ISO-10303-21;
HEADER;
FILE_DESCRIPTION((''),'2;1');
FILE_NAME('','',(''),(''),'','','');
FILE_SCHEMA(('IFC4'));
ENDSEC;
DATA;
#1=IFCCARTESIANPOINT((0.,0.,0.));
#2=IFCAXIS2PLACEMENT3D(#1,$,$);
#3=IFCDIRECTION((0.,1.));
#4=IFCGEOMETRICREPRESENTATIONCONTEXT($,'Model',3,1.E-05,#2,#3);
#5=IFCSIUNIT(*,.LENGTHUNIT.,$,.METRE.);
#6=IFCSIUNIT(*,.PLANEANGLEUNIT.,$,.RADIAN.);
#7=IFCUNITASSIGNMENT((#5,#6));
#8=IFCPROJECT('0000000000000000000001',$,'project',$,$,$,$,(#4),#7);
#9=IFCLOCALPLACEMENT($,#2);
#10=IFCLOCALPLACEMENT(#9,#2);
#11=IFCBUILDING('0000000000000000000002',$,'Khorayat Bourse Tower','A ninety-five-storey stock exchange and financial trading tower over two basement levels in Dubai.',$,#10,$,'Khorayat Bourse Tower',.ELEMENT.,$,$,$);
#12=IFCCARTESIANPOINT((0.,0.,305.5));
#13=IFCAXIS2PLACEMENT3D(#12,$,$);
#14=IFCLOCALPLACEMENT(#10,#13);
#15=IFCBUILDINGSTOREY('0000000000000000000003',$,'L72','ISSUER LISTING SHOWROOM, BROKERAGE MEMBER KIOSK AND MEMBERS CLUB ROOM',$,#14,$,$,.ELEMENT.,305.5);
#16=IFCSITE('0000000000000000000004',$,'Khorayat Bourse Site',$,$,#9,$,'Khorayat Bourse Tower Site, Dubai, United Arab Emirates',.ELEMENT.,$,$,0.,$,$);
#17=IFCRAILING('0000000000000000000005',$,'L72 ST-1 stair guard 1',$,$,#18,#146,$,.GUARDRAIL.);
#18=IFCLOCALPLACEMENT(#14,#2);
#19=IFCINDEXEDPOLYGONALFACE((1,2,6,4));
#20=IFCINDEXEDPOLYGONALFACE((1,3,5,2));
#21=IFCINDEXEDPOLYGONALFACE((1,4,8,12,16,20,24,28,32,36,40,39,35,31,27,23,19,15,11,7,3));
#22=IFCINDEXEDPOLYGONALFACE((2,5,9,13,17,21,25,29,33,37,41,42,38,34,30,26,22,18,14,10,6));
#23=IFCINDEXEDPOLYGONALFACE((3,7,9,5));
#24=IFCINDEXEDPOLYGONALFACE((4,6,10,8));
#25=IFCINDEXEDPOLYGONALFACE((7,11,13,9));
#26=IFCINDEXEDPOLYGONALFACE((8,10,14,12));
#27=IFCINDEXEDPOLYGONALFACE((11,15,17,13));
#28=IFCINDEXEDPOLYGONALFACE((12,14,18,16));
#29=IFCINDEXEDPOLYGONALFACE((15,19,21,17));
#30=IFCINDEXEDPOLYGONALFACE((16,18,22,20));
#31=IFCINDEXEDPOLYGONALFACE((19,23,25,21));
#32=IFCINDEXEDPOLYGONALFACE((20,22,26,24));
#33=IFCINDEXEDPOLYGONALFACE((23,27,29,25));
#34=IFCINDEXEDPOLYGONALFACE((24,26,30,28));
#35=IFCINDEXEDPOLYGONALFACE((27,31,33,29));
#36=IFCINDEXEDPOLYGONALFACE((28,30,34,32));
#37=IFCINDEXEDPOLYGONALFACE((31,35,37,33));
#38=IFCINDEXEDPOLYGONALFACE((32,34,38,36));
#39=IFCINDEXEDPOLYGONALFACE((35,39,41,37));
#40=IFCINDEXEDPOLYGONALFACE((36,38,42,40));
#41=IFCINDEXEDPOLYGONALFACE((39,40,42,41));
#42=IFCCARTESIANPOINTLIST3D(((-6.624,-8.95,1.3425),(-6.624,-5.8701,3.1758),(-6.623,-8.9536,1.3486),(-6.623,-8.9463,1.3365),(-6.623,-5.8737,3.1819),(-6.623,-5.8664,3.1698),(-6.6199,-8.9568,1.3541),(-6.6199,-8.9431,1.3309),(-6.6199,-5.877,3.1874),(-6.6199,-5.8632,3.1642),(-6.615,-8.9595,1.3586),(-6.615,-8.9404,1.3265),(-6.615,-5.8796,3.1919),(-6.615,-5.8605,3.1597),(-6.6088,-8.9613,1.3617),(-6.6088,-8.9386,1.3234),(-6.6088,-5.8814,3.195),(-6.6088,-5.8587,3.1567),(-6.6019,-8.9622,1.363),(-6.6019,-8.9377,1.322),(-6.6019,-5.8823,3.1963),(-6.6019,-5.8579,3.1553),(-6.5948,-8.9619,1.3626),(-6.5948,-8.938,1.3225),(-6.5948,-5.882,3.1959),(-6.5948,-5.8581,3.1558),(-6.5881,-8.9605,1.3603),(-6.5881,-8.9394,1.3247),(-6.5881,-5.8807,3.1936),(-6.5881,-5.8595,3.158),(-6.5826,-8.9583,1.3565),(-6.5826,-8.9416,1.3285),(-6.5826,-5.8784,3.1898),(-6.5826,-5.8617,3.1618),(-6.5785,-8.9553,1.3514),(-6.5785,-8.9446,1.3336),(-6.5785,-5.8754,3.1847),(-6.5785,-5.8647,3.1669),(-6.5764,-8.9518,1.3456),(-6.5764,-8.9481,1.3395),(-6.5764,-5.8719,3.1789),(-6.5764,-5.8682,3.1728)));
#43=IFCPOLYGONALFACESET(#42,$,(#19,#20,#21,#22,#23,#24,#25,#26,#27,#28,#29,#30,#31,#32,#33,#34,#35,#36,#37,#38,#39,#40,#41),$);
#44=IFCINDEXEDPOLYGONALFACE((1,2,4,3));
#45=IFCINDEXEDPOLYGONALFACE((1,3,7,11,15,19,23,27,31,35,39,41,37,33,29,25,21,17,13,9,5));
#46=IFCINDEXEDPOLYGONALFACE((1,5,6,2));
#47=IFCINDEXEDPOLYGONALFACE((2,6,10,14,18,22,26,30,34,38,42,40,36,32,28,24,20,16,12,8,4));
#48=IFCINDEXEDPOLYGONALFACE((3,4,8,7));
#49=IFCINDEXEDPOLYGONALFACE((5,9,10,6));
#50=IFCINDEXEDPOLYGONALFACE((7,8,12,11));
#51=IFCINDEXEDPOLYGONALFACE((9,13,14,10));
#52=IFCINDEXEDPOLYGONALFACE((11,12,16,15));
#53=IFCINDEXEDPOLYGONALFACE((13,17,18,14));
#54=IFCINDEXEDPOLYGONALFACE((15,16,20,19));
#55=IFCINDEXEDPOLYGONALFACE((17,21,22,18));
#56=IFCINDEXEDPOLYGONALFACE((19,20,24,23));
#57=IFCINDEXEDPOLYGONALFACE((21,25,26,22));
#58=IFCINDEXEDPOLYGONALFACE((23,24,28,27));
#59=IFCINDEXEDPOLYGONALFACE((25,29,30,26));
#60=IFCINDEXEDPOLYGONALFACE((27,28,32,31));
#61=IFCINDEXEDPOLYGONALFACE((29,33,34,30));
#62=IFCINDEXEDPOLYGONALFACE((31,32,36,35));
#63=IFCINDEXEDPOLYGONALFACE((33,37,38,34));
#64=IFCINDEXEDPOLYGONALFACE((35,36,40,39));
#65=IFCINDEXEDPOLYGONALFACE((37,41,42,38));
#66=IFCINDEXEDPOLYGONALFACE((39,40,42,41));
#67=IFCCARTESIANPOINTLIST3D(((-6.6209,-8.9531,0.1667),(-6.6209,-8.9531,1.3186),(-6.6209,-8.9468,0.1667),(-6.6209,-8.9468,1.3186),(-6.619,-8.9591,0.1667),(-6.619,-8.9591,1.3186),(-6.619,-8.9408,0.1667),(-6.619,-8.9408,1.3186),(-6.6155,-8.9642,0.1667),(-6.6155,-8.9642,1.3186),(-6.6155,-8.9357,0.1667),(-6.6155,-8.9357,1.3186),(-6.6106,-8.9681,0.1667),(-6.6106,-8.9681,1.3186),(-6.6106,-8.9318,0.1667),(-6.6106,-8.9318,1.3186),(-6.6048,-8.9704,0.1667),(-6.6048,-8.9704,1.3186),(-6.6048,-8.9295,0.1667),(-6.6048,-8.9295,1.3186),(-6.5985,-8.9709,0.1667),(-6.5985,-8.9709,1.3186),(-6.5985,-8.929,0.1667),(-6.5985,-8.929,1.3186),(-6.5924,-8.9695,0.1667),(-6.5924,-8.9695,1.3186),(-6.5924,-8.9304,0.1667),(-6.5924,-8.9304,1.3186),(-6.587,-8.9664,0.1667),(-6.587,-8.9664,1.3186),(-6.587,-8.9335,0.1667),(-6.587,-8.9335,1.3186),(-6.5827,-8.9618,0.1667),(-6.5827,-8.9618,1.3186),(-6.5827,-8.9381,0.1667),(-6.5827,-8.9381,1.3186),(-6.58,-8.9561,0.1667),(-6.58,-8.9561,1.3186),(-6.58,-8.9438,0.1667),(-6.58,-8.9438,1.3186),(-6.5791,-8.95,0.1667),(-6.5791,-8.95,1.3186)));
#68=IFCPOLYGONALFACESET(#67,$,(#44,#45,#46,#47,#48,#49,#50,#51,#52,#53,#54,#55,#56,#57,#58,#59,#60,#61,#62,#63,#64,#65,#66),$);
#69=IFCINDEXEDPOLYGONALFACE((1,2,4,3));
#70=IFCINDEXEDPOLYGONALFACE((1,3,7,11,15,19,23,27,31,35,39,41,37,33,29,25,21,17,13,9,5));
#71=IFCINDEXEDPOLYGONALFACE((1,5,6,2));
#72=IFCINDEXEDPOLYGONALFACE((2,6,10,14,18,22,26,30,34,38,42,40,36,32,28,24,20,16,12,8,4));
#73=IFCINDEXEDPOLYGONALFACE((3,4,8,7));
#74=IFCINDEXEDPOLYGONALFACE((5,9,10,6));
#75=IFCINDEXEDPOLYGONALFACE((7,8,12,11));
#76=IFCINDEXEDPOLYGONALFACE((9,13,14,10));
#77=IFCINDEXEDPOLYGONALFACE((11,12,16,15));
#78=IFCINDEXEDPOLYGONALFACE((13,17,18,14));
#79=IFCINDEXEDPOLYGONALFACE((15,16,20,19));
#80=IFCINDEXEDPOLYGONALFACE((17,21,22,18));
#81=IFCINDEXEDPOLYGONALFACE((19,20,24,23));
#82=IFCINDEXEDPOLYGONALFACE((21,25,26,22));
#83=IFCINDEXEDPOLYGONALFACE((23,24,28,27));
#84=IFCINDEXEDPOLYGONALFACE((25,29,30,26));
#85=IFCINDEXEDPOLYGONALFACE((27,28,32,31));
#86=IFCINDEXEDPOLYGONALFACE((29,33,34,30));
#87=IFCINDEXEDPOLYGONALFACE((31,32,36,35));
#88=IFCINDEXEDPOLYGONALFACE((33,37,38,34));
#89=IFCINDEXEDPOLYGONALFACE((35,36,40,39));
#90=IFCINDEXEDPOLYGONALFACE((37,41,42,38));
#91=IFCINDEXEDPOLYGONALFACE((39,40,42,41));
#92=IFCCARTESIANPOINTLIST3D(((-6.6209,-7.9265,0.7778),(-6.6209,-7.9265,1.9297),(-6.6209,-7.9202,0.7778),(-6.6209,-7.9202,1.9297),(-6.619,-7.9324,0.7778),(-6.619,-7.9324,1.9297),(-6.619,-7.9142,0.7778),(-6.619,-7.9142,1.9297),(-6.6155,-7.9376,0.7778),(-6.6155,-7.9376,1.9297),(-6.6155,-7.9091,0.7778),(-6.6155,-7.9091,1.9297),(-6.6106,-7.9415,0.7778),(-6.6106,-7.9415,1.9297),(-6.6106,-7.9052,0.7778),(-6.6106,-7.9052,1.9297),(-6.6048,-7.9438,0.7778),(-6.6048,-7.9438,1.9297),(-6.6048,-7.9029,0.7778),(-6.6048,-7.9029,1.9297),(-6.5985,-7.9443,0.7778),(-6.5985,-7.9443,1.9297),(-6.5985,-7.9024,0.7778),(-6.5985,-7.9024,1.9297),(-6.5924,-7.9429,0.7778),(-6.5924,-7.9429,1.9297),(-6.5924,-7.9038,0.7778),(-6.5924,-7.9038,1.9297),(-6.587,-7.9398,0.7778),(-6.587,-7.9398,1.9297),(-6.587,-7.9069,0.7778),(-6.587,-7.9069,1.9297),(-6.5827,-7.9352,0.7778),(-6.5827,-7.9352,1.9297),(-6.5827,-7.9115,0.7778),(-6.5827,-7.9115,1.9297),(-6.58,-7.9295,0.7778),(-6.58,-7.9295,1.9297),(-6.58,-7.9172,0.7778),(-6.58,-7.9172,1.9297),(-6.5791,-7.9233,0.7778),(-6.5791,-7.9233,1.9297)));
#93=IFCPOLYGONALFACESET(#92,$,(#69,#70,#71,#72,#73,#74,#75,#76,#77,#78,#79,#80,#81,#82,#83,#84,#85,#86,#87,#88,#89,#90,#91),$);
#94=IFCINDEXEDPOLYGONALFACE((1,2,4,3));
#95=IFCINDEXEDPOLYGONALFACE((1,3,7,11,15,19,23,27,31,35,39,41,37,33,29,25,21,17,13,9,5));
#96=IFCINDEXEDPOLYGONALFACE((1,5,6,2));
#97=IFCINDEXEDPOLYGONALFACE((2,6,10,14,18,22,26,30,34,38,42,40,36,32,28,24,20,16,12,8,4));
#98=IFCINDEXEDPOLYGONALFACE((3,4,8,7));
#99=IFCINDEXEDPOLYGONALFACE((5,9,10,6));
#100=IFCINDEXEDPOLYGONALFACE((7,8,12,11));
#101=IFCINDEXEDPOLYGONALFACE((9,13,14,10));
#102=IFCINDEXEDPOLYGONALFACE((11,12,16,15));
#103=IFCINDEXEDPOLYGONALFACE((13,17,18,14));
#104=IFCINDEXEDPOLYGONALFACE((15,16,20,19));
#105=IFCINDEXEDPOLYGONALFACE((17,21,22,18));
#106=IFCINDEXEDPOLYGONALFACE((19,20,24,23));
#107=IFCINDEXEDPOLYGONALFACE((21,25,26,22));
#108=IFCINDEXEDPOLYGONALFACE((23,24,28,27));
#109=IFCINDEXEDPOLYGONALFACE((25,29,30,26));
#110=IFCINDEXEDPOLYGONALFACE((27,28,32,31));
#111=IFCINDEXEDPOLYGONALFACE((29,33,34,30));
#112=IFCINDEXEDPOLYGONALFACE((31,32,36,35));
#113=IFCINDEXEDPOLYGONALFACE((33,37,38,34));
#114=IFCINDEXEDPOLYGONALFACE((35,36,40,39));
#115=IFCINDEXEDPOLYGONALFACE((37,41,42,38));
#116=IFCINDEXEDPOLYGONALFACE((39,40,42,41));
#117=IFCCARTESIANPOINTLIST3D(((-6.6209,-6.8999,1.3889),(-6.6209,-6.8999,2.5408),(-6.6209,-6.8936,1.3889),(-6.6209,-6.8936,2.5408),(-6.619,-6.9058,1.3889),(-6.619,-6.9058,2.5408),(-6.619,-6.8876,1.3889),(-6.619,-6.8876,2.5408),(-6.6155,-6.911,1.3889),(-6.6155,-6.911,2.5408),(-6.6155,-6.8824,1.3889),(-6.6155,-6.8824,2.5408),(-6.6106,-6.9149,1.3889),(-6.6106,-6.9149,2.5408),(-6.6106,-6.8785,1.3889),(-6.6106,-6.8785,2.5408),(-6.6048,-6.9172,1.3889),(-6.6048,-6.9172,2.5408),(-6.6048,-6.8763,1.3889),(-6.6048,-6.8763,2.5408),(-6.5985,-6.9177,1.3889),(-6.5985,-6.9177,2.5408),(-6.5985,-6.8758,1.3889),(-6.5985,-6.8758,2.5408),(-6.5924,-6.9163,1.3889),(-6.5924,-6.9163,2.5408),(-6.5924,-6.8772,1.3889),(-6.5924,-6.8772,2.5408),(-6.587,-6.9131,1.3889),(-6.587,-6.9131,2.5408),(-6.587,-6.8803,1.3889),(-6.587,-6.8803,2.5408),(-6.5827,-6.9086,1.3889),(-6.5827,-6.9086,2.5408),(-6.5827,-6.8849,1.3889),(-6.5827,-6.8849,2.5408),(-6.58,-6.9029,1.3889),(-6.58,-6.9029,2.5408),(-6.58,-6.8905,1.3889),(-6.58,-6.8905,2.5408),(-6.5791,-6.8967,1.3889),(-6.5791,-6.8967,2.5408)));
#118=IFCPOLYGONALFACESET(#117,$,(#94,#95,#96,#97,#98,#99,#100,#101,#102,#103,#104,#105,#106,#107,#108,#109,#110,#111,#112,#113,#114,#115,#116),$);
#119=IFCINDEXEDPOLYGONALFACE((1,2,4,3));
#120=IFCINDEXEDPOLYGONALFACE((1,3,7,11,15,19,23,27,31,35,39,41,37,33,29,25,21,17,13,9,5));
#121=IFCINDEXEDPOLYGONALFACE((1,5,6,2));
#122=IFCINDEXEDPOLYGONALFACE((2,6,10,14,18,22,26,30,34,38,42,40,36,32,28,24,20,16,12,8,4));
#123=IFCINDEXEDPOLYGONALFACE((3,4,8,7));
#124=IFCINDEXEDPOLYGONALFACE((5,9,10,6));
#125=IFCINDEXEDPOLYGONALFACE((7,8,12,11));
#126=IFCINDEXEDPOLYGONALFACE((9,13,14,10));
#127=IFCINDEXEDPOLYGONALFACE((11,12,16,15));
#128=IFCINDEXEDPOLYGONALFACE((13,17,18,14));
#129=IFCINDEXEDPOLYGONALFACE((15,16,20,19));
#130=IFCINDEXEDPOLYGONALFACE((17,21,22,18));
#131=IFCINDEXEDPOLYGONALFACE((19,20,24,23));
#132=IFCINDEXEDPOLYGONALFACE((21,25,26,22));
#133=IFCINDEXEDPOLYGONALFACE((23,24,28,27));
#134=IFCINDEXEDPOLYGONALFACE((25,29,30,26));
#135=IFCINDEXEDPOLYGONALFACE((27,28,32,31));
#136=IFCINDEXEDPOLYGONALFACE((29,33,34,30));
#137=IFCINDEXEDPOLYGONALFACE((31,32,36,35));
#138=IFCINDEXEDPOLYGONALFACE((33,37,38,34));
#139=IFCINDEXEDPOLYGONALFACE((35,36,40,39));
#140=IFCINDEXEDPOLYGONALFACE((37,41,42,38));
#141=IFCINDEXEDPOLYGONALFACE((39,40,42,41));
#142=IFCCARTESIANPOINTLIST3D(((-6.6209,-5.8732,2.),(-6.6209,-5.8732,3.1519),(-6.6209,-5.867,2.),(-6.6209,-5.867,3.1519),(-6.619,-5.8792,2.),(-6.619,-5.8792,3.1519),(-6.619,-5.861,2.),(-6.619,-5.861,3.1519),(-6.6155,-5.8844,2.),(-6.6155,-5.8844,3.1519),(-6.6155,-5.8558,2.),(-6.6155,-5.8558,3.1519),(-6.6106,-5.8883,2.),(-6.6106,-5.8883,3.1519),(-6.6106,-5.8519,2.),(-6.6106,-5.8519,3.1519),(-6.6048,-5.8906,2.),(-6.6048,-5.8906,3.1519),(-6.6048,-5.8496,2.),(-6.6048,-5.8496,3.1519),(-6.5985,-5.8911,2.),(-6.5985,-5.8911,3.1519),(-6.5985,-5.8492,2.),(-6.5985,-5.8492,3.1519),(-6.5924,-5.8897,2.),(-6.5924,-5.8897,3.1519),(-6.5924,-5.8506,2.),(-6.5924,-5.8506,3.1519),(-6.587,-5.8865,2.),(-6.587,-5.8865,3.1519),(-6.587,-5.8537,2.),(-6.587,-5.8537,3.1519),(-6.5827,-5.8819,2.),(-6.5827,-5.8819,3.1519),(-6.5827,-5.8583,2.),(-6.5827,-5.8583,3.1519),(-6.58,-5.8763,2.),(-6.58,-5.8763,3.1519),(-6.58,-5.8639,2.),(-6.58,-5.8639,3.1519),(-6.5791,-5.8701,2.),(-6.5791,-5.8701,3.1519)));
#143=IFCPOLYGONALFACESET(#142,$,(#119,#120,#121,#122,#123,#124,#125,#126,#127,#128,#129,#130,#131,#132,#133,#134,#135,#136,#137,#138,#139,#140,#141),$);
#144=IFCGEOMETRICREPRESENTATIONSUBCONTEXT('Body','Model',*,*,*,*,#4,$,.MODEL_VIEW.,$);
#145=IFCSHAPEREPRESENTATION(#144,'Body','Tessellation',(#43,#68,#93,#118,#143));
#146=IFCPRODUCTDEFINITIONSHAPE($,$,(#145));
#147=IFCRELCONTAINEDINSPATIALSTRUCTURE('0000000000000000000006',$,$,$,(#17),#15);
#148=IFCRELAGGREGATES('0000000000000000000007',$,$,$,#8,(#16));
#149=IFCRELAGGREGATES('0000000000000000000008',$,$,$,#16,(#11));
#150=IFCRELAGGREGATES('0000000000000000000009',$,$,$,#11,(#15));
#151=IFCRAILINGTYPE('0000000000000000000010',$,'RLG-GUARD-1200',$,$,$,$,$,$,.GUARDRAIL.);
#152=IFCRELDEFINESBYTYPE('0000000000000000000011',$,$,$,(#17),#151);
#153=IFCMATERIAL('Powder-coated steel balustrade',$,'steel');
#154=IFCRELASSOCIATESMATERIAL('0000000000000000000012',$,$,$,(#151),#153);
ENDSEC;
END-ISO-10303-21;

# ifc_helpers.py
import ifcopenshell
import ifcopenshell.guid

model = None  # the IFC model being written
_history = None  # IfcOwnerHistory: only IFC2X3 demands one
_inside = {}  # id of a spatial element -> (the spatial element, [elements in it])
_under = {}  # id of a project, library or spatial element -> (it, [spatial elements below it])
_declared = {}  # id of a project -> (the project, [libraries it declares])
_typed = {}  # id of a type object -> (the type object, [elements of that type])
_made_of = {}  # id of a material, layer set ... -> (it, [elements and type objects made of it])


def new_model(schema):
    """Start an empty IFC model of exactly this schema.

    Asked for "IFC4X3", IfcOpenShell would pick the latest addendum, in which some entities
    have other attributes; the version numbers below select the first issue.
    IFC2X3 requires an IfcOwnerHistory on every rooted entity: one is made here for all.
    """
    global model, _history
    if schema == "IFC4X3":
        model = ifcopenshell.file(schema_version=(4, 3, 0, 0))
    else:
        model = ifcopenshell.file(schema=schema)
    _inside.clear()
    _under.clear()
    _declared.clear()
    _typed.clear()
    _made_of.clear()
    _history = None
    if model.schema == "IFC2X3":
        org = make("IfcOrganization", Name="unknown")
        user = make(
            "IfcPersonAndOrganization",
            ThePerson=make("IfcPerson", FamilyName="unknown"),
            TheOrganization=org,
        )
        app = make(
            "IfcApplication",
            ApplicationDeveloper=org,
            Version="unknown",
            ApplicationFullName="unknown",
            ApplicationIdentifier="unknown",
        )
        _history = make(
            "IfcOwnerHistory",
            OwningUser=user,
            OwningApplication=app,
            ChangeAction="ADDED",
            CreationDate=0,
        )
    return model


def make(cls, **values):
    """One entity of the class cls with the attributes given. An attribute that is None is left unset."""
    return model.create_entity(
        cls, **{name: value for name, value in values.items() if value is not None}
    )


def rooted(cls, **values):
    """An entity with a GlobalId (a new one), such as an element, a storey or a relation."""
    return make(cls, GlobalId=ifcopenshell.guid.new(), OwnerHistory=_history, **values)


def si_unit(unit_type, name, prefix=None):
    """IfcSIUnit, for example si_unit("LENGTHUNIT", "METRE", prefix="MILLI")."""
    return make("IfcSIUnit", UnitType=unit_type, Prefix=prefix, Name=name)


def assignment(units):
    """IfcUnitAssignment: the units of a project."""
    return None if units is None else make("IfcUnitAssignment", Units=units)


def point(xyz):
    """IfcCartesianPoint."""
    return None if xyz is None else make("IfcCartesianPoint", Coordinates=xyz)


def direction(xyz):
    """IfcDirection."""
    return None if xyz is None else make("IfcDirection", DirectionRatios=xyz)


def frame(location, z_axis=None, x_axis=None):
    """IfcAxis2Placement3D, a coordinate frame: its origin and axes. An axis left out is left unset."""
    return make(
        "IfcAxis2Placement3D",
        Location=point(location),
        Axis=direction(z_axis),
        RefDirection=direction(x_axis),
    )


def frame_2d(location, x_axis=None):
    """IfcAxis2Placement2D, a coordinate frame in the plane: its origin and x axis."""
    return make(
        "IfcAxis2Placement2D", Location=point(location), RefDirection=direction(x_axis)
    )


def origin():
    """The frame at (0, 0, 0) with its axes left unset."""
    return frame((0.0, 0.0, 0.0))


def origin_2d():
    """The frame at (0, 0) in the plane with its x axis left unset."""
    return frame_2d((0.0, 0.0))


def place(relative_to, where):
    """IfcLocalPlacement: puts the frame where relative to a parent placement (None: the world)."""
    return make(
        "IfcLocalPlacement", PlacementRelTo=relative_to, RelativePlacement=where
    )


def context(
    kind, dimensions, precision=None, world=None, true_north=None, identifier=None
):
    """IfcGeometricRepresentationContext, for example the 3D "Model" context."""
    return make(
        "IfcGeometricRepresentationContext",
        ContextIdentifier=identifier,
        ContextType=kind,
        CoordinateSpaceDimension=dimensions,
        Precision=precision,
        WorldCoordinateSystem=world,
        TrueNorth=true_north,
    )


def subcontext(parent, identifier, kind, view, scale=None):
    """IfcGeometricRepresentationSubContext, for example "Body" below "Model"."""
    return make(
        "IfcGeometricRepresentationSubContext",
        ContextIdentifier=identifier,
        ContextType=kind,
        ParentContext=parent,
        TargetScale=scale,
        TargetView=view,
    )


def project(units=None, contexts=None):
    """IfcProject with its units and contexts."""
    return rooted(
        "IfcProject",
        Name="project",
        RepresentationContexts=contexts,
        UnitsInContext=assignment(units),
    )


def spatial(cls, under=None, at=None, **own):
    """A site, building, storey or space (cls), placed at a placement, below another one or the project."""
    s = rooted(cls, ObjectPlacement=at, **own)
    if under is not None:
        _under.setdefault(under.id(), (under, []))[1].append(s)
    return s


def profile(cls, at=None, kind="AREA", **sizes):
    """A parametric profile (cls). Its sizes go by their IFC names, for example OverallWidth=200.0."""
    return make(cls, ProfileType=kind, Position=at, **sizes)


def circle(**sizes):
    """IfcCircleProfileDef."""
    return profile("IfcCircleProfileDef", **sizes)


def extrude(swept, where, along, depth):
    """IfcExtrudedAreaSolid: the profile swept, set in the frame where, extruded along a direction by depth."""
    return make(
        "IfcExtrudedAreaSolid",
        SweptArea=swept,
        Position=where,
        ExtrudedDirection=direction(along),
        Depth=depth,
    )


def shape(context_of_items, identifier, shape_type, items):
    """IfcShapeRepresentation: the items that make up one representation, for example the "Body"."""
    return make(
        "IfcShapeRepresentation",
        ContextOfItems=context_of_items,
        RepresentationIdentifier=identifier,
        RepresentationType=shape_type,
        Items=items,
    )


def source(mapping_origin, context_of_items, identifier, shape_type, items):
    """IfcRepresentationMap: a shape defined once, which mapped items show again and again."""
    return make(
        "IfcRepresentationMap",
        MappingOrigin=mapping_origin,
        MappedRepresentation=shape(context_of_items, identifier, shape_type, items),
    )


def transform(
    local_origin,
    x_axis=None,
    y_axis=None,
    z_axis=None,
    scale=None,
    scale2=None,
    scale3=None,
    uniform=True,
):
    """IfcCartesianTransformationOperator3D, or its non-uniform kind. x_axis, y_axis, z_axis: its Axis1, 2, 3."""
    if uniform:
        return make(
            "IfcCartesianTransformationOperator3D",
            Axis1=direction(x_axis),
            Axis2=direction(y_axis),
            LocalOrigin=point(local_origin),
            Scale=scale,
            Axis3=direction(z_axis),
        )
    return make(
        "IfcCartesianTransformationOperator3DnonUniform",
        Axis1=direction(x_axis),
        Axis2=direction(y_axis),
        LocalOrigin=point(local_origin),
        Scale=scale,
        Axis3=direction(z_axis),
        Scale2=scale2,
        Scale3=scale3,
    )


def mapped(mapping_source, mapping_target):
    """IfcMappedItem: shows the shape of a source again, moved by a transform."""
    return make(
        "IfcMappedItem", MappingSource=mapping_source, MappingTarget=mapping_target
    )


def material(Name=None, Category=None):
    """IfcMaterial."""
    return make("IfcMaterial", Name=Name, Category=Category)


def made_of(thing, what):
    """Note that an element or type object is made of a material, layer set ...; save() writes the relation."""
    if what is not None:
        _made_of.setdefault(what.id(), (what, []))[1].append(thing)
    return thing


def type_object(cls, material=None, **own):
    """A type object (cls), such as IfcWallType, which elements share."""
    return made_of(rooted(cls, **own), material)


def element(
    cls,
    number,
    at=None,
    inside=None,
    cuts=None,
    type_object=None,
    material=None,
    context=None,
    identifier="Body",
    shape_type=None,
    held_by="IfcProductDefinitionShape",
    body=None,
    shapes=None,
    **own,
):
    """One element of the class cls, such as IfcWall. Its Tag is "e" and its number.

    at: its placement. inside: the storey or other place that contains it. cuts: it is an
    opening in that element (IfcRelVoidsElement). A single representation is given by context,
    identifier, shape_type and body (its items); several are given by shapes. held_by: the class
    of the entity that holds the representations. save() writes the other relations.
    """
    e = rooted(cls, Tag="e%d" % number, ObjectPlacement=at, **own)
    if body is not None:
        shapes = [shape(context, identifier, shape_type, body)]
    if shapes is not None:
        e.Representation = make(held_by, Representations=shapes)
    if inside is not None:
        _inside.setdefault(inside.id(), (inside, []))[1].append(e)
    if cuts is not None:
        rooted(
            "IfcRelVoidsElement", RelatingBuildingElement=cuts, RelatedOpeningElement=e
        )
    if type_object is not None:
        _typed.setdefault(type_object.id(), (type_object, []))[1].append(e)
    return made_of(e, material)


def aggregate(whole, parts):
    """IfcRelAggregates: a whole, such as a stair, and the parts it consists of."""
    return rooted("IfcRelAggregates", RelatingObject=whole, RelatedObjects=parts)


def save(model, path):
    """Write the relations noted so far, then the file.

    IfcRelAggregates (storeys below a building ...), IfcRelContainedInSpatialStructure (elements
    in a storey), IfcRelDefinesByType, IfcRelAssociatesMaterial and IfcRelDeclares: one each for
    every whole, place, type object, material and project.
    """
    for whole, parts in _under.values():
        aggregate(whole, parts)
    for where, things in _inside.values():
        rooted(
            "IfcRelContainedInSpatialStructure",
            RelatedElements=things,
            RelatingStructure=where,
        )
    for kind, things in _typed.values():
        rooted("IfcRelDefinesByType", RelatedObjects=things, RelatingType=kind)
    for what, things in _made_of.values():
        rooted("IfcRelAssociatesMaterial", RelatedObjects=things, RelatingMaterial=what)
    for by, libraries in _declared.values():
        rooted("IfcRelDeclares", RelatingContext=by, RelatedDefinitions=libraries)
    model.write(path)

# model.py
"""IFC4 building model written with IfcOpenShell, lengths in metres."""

from ifc_helpers import new_model, si_unit, direction, frame, origin, origin_2d, place, context, subcontext, project, spatial, circle, extrude, source, transform, mapped, material, type_object, element, save


model = new_model("IFC4")

# Units and contexts
model_context = context("Model", 3, precision=1e-05, world=origin(), true_north=direction((0.0, 1.0)))
body_context = subcontext(model_context, "Body", "Model", "MODEL_VIEW")
ifc_project = project(units=[si_unit("LENGTHUNIT", "METRE"), si_unit("PLANEANGLEUNIT", "RADIAN")], contexts=[model_context])

# Site, building, storey
site_placement = place(None, origin())
site = spatial("IfcSite", under=ifc_project, at=site_placement, Name="Khorayat Bourse Site", LongName="Khorayat Bourse Tower Site, Dubai, United Arab Emirates", CompositionType="ELEMENT", RefElevation=0.0)
building_placement = place(site_placement, origin())
building = spatial("IfcBuilding", under=site, at=building_placement, Name="Khorayat Bourse Tower", Description="A ninety-five-storey stock exchange and financial trading tower over two basement levels in Dubai.", LongName="Khorayat Bourse Tower", CompositionType="ELEMENT")
storey_placement = place(building_placement, frame((0.0, 0.0, 305.5)))
storey = spatial("IfcBuildingStorey", under=building, at=storey_placement, Name="L72", Description="ISSUER LISTING SHOWROOM, BROKERAGE MEMBER KIOSK AND MEMBERS CLUB ROOM", CompositionType="ELEMENT", Elevation=305.5)

# Railing
ifc_material_1 = material(Name="Powder-coated steel balustrade", Category="steel")
railing_type_1 = type_object("IfcRailingType", Name="RLG-GUARD-1200", PredefinedType="GUARDRAIL", material=ifc_material_1)
shared_shape_1 = source(origin(), body_context, "Body", "SweptSolid", [
    extrude(circle(Radius=0.0239, at=origin_2d()), frame((0.0, 0.0, 1.1758), z_axis=(0.0, 0.859291, 0.511487), x_axis=(-1.0, 0.0, 0.0)), (0.0, 0.0, 1.0), 3.5842),
    extrude(circle(Radius=0.021, at=origin_2d()), origin(), (0.0, 0.0, 1.0), 1.1519),
    extrude(circle(Radius=0.021, at=origin_2d()), frame((0.0, 1.0266, 0.6111)), (0.0, 0.0, 1.0), 1.1519),
    extrude(circle(Radius=0.021, at=origin_2d()), frame((0.0, 2.0532, 1.2222)), (0.0, 0.0, 1.0), 1.1519),
    extrude(circle(Radius=0.021, at=origin_2d()), frame((0.0, 3.0798, 1.8333)), (0.0, 0.0, 1.0), 1.1519),
])
railing_1_placement = place(storey_placement, frame((-6.6001, -8.95, 0.1667)))
element("IfcRailing", 1, at=railing_1_placement, inside=storey, type_object=railing_type_1, Name="L72 ST-1 stair guard 1", PredefinedType="GUARDRAIL", context=body_context, shape_type="MappedRepresentation", body=[
    mapped(shared_shape_1, transform((0.0, 0.0, 0.0), scale=1.0)),
])

save(model, "model.ifc")
